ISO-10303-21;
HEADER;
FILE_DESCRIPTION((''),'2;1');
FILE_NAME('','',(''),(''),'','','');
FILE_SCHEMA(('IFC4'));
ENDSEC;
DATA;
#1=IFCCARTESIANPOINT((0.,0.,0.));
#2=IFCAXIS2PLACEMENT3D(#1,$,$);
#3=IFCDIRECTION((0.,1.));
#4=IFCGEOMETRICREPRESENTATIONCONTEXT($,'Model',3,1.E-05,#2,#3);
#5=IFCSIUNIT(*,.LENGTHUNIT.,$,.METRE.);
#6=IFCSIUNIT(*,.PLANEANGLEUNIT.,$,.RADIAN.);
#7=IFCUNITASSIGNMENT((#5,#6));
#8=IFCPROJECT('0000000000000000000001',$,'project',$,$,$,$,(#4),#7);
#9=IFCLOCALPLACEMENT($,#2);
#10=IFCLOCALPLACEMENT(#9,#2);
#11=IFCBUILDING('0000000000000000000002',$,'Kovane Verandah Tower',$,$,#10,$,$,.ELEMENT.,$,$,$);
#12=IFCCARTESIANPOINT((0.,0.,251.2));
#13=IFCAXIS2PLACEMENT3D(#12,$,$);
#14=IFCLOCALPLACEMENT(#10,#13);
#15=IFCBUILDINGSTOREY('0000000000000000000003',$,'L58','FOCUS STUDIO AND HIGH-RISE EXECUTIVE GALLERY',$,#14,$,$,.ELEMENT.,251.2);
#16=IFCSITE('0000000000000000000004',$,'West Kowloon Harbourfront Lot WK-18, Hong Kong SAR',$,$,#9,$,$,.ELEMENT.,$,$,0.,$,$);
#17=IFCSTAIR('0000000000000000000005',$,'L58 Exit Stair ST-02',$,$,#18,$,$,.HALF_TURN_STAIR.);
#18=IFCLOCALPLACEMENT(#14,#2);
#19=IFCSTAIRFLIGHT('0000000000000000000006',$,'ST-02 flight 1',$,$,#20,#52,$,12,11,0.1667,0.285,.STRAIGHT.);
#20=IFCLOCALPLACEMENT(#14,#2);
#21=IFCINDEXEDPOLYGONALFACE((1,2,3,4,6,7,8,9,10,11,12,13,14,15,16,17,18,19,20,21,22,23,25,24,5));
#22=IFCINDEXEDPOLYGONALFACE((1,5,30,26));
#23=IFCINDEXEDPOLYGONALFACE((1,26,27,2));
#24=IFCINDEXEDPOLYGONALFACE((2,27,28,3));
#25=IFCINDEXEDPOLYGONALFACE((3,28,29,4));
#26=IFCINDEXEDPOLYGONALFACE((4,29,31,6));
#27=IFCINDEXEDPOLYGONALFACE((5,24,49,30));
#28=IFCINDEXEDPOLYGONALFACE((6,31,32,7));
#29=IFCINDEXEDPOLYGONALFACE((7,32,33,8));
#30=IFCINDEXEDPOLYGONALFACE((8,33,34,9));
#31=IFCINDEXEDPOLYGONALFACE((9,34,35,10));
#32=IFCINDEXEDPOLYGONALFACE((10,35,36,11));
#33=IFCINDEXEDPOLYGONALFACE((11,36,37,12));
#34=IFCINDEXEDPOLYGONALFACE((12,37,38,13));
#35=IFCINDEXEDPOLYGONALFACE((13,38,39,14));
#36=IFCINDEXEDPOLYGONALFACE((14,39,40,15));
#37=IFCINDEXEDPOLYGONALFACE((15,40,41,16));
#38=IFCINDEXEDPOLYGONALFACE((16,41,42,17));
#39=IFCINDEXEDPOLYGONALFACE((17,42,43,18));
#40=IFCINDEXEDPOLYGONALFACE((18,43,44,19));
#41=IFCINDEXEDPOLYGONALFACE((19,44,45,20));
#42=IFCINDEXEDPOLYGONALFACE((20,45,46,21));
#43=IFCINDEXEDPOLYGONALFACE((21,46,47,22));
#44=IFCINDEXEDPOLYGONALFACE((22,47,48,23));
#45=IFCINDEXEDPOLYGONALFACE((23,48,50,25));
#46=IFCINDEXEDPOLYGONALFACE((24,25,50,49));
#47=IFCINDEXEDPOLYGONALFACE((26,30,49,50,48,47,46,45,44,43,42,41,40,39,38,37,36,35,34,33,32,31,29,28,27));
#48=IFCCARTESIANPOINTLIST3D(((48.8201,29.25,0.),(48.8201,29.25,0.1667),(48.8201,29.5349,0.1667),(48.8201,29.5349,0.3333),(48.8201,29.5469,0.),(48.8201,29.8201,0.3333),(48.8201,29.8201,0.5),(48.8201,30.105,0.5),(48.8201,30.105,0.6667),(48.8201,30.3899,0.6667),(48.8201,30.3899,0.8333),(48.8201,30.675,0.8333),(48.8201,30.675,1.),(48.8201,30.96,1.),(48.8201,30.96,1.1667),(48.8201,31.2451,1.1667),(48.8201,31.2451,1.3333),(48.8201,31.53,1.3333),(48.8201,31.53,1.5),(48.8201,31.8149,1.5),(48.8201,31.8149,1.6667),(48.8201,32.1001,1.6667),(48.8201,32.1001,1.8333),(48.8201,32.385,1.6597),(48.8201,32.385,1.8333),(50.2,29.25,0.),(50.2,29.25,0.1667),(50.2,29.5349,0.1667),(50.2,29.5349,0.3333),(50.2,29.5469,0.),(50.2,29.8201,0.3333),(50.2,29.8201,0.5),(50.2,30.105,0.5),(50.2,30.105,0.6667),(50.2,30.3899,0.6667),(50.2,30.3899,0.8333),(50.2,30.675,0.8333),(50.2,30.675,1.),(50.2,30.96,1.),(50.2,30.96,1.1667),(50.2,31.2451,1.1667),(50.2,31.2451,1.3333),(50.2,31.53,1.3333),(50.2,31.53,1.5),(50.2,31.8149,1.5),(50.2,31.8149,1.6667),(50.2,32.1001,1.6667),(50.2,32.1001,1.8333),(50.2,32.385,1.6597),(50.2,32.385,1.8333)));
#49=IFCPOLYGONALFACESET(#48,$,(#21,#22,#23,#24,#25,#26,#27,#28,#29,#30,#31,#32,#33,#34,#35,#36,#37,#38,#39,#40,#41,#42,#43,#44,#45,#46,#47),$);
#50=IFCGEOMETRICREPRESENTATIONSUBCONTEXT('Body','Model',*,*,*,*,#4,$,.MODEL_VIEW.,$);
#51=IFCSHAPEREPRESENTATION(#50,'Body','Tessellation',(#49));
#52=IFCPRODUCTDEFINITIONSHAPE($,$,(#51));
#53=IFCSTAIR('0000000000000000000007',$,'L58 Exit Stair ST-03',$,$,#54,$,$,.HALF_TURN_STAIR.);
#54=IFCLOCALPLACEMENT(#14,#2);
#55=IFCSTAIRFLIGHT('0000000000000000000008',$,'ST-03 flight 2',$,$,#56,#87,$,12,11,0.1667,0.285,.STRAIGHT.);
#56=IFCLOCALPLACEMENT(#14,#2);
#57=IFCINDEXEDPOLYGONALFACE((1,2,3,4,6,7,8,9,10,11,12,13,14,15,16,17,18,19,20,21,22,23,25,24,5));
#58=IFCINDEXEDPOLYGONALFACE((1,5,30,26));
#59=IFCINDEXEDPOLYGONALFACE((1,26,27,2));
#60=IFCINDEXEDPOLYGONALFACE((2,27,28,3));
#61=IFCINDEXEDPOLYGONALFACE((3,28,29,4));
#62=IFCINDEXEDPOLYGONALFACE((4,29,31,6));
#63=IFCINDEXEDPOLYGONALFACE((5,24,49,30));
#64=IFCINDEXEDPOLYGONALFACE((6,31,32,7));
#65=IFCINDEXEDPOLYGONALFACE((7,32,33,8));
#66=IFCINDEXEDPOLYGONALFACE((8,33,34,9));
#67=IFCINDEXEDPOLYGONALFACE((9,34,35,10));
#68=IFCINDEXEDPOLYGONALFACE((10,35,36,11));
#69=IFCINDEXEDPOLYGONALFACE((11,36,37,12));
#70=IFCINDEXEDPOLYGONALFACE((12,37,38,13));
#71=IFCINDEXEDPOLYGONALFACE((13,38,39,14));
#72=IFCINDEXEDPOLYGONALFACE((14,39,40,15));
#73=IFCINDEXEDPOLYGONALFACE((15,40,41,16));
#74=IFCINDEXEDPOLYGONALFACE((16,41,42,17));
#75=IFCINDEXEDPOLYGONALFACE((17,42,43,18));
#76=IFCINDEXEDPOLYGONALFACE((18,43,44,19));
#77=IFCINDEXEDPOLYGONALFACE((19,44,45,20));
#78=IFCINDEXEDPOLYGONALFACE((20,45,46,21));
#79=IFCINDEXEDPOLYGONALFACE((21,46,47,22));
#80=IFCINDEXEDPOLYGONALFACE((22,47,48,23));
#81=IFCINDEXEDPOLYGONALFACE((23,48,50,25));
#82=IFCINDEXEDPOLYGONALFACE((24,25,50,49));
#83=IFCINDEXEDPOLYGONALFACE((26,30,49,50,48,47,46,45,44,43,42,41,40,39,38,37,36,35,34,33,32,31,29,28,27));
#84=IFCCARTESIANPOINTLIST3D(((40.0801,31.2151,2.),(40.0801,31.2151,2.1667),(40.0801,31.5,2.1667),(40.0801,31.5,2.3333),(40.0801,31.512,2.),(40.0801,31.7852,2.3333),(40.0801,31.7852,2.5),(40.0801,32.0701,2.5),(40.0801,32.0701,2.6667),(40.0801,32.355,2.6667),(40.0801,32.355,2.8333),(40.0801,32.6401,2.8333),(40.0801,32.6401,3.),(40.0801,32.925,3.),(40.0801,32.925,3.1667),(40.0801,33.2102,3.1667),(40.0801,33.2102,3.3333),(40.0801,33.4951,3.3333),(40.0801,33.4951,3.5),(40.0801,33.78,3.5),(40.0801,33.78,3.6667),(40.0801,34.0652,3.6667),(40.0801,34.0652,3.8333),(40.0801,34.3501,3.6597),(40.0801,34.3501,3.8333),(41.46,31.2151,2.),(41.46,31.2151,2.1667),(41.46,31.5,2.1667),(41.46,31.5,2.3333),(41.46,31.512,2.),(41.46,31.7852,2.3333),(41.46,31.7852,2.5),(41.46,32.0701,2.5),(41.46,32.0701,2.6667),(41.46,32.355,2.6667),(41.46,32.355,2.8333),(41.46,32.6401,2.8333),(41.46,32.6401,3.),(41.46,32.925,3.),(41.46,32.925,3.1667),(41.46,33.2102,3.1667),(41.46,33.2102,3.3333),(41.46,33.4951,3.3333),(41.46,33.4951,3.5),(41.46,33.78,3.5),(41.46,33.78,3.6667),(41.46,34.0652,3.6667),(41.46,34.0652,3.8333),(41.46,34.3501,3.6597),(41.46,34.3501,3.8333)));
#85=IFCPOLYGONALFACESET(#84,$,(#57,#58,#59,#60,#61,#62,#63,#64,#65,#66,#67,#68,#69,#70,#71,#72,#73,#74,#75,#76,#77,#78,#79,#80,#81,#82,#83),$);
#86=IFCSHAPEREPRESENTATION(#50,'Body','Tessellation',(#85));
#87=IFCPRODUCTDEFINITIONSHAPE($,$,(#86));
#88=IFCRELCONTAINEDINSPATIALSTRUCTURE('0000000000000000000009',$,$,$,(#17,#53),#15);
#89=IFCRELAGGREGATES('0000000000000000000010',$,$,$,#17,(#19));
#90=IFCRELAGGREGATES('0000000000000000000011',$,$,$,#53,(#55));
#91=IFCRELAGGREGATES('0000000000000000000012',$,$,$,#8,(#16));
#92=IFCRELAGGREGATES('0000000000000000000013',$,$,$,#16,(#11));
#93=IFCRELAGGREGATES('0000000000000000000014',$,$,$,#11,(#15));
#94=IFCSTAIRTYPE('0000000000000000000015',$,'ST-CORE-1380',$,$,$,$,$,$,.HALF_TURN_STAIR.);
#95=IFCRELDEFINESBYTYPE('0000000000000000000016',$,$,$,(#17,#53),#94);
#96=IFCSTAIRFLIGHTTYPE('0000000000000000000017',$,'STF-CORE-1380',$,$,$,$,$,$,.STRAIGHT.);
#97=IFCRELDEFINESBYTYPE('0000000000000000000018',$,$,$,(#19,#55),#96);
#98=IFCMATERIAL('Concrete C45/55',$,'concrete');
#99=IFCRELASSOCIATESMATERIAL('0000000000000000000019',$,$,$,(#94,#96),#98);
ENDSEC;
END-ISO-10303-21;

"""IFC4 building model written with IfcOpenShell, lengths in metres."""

from ifc_helpers import new_model, si_unit, direction, frame, origin, place, context, subcontext, project, spatial, polyline, outline, extrude, material, type_object, element, aggregate, save


model = new_model("IFC4")

# Units and contexts
model_context = context("Model", 3, precision=1e-05, world=origin(), true_north=direction((0.0, 1.0)))
body_context = subcontext(model_context, "Body", "Model", "MODEL_VIEW")
ifc_project = project(units=[si_unit("LENGTHUNIT", "METRE"), si_unit("PLANEANGLEUNIT", "RADIAN")], contexts=[model_context])

# Site, building, storey
site_placement = place(None, origin())
site = spatial("IfcSite", under=ifc_project, at=site_placement, Name="West Kowloon Harbourfront Lot WK-18, Hong Kong SAR", CompositionType="ELEMENT", RefElevation=0.0)
building_placement = place(site_placement, origin())
building = spatial("IfcBuilding", under=site, at=building_placement, Name="Kovane Verandah Tower", CompositionType="ELEMENT")
storey_placement = place(building_placement, frame((0.0, 0.0, 251.2)))
storey = spatial("IfcBuildingStorey", under=building, at=storey_placement, Name="L58", Description="FOCUS STUDIO AND HIGH-RISE EXECUTIVE GALLERY", CompositionType="ELEMENT", Elevation=251.2)

# Shared definitions
ifc_material_1 = material(Name="Concrete C45/55", Category="concrete")

# Stairs, stair flights
stair_type = type_object("IfcStairType", Name="ST-CORE-1380", PredefinedType="HALF_TURN_STAIR", material=ifc_material_1)
stair_1_placement = place(storey_placement, origin())
stair_1 = element("IfcStair", 1, at=stair_1_placement, inside=storey, type_object=stair_type, Name="L58 Exit Stair ST-02", PredefinedType="HALF_TURN_STAIR")
stair_flight_type = type_object("IfcStairFlightType", Name="STF-CORE-1380", PredefinedType="STRAIGHT", material=ifc_material_1)
stair_flight_1_placement = place(storey_placement, frame((49.51, 29.25, 0.0), z_axis=(0.0, 0.0, 1.0), x_axis=(0.0, 1.0, 0.0)))
stair_flight_1 = element("IfcStairFlight", 2, at=stair_flight_1_placement, type_object=stair_flight_type, Name="ST-02 flight 1", NumberOfRisers=12, NumberOfTreads=11, PredefinedType="STRAIGHT", RiserHeight=0.1667, TreadLength=0.285, context=body_context, shape_type="SweptSolid", body=[
    extrude(outline(polyline([(0.0, 0.0), (0.0, 0.1667), (0.2849, 0.1667), (0.2849, 0.3333), (0.5701, 0.3333), (0.5701, 0.5), (0.855, 0.5), (0.855, 0.6667), (1.1399, 0.6667), (1.1399, 0.8333), (1.425, 0.8333), (1.425, 1.0), (1.71, 1.0), (1.71, 1.1667), (1.9951, 1.1667), (1.9951, 1.3333), (2.28, 1.3333), (2.28, 1.5), (2.5649, 1.5), (2.5649, 1.6667), (2.8501, 1.6667), (2.8501, 1.8333), (3.135, 1.8333), (3.135, 2.0), (3.135, 1.6597), (0.2969, 0.0), (0.0, 0.0)])), frame((0.0, 0.6899, 0.0), z_axis=(0.0, -1.0, 0.0), x_axis=(1.0, 0.0, 0.0)), (0.0, 0.0, 1.0), 1.3799),
])
aggregate(stair_1, [stair_flight_1])
stair_2_placement = place(storey_placement, origin())
stair_2 = element("IfcStair", 3, at=stair_2_placement, inside=storey, type_object=stair_type, Name="L58 Exit Stair ST-03", PredefinedType="HALF_TURN_STAIR")
stair_flight_2_placement = place(storey_placement, frame((40.77, 31.2151, 2.0), z_axis=(0.0, 0.0, 1.0), x_axis=(0.0, 1.0, 0.0)))
stair_flight_2 = element("IfcStairFlight", 4, at=stair_flight_2_placement, type_object=stair_flight_type, Name="ST-03 flight 2", NumberOfRisers=12, NumberOfTreads=11, PredefinedType="STRAIGHT", RiserHeight=0.1667, TreadLength=0.285, context=body_context, shape_type="SweptSolid", body=[
    extrude(outline(polyline([(0.0, 0.0), (0.0, 0.1667), (0.2849, 0.1667), (0.2849, 0.3333), (0.5701, 0.3333), (0.5701, 0.5), (0.855, 0.5), (0.855, 0.6667), (1.1399, 0.6667), (1.1399, 0.8333), (1.425, 0.8333), (1.425, 1.0), (1.71, 1.0), (1.71, 1.1667), (1.9951, 1.1667), (1.9951, 1.3333), (2.28, 1.3333), (2.28, 1.5), (2.5649, 1.5), (2.5649, 1.6667), (2.8501, 1.6667), (2.8501, 1.8333), (3.135, 1.8333), (3.135, 2.0), (3.135, 1.6597), (0.2969, 0.0), (0.0, 0.0)])), frame((0.0, 0.6899, 0.0), z_axis=(0.0, -1.0, 0.0), x_axis=(1.0, 0.0, 0.0)), (0.0, 0.0, 1.0), 1.3799),
])
aggregate(stair_2, [stair_flight_2])

save(model, "model.ifc")
